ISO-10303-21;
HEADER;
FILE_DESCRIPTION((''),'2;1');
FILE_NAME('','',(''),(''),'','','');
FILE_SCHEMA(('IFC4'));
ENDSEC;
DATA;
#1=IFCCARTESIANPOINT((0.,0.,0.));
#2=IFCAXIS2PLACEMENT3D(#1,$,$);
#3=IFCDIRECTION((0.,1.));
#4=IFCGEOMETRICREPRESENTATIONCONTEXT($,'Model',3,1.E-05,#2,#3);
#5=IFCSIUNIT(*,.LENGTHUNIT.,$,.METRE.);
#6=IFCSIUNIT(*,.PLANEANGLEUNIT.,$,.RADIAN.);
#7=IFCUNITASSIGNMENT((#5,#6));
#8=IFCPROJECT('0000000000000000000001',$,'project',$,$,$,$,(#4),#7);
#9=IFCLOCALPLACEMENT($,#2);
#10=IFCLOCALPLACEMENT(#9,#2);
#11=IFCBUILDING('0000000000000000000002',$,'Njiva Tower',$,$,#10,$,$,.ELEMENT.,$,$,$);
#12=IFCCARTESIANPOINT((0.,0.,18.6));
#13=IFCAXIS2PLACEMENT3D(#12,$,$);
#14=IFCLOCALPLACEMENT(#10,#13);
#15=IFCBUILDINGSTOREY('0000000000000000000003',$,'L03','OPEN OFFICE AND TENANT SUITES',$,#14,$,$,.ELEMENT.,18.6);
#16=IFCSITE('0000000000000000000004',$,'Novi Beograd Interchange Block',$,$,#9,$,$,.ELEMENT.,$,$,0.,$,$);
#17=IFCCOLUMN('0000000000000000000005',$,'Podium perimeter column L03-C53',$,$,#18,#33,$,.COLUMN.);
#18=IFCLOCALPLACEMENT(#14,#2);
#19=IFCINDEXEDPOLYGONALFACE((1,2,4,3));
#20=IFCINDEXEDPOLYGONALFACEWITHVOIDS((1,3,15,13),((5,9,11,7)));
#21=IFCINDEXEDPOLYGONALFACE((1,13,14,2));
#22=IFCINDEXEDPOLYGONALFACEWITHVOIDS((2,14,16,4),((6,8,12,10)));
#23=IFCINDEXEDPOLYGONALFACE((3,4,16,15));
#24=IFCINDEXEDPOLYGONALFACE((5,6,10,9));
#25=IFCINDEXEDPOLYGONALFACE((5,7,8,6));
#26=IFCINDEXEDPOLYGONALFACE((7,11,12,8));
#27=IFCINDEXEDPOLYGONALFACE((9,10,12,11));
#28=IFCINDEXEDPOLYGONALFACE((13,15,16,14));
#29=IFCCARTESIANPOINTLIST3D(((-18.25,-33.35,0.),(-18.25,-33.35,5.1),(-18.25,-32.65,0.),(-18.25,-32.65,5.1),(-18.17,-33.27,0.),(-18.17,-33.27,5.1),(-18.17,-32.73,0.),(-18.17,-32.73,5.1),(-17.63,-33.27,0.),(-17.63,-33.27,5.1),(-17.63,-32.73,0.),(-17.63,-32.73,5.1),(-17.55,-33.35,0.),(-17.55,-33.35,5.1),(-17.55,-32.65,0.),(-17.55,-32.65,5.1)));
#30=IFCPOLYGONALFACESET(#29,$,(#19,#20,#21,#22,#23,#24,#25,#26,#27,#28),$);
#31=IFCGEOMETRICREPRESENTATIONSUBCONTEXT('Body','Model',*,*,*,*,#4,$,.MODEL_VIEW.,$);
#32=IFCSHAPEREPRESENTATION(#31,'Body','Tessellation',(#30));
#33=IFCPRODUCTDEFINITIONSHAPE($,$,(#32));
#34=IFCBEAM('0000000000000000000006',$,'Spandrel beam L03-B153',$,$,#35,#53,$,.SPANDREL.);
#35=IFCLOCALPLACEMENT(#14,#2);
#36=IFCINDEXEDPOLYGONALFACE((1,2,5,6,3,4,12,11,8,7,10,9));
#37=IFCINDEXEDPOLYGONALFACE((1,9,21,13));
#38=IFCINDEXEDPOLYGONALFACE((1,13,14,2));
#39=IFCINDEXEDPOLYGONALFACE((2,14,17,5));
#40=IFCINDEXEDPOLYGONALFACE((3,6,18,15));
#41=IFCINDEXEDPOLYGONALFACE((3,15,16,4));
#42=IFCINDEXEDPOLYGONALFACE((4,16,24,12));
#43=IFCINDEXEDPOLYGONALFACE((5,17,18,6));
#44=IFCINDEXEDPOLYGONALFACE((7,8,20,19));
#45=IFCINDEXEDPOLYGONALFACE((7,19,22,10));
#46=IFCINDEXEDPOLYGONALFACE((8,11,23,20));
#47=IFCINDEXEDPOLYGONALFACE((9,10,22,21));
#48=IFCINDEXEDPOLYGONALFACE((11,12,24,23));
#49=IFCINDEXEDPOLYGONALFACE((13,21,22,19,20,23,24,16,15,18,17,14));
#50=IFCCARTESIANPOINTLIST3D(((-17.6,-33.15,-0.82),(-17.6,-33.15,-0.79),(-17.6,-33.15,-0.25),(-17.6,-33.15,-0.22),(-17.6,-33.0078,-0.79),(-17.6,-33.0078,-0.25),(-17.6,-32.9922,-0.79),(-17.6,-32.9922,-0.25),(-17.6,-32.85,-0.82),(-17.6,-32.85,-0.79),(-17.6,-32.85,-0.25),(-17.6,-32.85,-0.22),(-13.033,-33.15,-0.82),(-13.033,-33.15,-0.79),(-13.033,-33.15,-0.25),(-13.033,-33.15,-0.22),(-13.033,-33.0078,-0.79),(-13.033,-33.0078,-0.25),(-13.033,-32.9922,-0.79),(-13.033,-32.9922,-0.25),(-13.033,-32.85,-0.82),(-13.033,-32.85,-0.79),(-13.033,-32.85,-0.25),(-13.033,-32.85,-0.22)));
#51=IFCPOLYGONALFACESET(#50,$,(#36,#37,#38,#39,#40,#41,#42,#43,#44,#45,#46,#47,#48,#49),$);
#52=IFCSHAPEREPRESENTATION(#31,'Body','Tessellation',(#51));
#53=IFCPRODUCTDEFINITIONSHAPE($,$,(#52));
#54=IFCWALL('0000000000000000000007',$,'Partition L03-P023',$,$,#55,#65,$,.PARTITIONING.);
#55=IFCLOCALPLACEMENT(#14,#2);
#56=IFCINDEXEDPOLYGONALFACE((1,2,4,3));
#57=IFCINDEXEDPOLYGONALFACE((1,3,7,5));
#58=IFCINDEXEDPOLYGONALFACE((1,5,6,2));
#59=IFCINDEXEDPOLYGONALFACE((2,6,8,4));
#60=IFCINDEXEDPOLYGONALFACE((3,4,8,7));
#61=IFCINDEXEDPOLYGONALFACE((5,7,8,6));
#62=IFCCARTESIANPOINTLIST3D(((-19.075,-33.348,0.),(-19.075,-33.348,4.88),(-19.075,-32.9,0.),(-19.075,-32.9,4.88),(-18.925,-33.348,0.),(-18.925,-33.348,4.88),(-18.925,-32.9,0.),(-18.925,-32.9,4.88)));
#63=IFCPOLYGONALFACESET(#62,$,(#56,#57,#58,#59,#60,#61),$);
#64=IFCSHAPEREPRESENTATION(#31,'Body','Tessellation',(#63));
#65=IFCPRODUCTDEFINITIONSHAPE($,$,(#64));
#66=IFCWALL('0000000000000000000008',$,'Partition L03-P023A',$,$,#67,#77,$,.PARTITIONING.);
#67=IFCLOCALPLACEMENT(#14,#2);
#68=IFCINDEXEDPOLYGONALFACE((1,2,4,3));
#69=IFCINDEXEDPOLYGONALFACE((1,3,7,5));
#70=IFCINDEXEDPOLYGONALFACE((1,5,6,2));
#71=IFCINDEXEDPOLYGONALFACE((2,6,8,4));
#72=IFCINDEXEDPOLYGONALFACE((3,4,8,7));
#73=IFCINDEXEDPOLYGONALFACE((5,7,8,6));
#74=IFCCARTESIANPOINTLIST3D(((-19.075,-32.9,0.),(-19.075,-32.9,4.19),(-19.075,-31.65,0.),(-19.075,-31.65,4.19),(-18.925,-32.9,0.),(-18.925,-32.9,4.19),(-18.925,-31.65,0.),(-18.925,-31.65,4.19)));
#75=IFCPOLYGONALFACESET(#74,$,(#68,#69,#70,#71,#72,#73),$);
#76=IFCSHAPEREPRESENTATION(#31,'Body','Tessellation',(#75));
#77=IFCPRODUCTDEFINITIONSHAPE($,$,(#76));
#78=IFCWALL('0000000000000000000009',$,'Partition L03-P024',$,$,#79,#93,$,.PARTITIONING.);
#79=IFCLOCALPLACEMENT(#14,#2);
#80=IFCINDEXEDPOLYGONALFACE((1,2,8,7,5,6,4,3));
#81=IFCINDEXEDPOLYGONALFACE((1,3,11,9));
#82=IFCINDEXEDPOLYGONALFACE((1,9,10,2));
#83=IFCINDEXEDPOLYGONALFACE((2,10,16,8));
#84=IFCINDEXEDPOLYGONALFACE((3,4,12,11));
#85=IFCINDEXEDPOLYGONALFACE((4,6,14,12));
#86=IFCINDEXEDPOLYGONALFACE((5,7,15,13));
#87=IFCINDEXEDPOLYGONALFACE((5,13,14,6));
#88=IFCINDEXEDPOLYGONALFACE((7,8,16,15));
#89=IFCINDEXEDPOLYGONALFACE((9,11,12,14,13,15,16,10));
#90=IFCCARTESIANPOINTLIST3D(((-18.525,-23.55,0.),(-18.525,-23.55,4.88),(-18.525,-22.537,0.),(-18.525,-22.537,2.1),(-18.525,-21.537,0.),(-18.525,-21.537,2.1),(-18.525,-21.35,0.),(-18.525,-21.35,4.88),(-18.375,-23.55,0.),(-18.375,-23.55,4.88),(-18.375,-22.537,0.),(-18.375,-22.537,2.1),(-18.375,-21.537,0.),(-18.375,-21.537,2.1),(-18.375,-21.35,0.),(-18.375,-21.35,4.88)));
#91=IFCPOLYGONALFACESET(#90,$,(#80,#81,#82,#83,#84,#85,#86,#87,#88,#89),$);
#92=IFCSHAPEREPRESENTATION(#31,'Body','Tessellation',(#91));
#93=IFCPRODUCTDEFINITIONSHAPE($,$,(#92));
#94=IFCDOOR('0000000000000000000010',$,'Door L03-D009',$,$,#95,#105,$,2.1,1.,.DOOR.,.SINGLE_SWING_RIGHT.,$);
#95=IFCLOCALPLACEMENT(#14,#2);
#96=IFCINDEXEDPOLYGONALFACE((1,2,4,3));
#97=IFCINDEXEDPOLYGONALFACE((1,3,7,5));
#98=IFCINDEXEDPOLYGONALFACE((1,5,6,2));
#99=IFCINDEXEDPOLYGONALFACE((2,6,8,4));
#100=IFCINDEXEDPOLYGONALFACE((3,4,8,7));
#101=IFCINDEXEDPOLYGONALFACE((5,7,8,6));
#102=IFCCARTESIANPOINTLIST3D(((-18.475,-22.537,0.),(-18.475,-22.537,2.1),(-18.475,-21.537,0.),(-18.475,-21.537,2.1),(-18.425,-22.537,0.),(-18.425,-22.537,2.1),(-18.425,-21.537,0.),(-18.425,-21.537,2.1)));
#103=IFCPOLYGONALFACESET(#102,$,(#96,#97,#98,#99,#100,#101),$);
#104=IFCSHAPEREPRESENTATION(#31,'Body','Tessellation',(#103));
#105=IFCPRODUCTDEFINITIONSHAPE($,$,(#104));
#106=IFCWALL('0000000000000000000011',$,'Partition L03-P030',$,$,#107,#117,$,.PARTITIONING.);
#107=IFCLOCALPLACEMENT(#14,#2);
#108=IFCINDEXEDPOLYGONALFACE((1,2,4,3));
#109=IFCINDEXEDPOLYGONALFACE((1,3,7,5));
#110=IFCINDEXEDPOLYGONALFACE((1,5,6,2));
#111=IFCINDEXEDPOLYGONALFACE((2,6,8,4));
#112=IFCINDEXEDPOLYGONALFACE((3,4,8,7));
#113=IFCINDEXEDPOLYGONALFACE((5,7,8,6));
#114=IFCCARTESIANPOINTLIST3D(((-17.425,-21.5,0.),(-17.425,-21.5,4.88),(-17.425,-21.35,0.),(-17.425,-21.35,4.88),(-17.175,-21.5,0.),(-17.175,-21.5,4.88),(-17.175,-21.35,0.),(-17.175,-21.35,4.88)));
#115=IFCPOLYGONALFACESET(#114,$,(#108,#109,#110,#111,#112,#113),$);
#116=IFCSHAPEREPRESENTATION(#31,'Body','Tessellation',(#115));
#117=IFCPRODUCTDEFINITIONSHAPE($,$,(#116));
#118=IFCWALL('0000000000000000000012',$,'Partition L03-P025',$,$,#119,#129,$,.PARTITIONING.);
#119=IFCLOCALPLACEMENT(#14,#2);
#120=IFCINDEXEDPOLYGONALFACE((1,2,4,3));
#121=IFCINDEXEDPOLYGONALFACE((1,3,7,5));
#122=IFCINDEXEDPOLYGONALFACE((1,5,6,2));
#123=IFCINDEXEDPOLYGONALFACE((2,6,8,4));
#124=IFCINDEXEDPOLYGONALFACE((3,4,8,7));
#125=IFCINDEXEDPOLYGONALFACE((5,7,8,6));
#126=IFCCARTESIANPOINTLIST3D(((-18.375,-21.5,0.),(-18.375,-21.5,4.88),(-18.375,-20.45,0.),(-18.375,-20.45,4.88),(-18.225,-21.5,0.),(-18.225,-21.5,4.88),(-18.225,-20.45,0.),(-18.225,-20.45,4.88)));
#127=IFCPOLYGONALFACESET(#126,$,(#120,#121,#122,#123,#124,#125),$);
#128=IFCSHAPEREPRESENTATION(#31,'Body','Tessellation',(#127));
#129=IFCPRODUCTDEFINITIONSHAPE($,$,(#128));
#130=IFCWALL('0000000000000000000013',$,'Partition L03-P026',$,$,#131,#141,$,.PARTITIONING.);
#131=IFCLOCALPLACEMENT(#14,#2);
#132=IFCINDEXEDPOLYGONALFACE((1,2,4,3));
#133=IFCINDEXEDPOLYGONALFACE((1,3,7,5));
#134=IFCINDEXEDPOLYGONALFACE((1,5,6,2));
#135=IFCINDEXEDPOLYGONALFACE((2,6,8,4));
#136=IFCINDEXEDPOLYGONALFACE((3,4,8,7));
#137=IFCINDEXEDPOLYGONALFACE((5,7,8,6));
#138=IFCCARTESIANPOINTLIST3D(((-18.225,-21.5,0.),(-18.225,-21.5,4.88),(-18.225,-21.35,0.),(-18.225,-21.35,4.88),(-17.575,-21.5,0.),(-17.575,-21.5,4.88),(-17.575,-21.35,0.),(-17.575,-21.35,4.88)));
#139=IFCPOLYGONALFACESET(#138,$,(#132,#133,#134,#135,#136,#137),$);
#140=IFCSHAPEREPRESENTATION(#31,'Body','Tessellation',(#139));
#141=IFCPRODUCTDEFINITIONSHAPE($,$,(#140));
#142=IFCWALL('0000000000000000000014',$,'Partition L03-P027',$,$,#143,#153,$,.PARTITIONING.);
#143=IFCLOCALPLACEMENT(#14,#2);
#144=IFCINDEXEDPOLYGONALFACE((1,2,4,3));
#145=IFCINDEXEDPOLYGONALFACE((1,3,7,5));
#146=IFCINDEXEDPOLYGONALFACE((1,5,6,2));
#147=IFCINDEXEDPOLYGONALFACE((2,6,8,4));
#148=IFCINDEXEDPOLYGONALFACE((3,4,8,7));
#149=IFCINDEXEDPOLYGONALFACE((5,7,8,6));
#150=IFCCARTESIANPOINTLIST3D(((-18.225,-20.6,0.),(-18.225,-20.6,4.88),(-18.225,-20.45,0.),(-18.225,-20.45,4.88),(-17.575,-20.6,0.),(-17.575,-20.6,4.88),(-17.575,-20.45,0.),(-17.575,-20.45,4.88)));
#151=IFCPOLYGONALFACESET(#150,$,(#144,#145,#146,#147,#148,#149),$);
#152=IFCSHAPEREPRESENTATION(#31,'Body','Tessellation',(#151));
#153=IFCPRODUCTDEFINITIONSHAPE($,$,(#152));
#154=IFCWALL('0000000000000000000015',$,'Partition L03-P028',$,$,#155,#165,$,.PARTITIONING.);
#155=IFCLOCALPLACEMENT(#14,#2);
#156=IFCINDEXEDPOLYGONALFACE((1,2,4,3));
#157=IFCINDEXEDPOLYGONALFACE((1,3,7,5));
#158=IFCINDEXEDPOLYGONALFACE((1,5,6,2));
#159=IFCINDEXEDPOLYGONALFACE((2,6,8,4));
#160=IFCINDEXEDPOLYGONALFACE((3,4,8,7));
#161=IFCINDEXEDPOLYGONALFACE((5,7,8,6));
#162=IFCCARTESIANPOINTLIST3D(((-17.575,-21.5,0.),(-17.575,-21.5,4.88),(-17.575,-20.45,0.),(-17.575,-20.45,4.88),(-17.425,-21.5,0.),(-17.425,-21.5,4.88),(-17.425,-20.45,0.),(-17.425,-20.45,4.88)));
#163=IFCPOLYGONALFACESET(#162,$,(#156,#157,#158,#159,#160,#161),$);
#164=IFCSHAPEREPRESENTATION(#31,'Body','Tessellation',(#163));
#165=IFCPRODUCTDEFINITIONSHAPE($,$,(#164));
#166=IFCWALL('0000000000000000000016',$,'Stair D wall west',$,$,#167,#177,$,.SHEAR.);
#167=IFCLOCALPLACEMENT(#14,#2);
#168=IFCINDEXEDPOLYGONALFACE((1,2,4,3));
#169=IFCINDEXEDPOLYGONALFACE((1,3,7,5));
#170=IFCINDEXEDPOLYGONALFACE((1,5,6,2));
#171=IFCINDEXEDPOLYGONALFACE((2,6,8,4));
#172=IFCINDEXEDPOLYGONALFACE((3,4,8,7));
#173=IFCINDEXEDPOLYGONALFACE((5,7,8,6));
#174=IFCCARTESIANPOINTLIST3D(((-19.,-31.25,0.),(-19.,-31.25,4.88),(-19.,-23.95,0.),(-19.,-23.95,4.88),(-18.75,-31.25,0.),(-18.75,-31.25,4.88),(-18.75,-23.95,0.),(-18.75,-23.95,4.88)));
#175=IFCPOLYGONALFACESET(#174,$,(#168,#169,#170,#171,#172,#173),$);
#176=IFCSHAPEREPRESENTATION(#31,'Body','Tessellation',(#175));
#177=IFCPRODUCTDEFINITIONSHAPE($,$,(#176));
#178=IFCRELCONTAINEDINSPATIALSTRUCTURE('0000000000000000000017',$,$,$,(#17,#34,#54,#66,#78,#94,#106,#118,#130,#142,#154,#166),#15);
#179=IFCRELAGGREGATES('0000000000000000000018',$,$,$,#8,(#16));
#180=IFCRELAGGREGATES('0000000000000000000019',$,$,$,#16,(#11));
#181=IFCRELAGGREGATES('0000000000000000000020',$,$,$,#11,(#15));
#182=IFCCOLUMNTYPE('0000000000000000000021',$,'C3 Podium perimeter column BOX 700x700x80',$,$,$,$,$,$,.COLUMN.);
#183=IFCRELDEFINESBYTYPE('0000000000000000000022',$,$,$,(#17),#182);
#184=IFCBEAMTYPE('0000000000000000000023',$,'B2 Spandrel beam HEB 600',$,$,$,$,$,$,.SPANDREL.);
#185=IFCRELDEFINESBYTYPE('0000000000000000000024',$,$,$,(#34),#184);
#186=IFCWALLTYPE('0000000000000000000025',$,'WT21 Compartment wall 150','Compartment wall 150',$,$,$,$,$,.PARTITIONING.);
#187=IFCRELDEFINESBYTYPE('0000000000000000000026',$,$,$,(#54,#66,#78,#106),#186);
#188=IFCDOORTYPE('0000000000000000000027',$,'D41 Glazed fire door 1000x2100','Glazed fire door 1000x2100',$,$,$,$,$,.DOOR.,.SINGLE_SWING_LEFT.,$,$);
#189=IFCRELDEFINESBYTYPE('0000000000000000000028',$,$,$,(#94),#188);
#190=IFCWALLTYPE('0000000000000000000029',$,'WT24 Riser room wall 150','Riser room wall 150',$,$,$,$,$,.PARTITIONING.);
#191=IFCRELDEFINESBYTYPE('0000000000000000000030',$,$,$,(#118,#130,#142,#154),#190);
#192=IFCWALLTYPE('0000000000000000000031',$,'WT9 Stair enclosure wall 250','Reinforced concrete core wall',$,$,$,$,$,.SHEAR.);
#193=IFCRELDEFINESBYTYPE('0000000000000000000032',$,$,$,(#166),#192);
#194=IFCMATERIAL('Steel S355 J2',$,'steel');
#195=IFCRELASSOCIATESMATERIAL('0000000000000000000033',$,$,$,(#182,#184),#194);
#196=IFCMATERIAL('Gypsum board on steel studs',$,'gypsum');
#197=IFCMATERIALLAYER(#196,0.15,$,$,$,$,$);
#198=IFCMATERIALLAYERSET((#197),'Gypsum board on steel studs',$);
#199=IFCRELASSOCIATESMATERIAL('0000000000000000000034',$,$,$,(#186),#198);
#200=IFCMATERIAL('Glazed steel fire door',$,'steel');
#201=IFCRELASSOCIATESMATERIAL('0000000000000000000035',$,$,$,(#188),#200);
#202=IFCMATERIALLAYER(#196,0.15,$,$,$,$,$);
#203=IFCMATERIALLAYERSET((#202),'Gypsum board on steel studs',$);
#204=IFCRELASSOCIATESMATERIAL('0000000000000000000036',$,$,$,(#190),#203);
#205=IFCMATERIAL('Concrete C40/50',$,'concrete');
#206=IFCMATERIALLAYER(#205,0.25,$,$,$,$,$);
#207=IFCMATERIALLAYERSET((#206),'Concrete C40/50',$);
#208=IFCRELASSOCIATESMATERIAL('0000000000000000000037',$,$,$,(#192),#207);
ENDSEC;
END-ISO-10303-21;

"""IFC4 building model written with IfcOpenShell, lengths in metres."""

from ifc_helpers import new_model, si_unit, direction, frame, frame_2d, origin, origin_2d, place, context, subcontext, project, spatial, rectangle, hollow_rectangle, i_section, extrude, material, layer, layer_set, material_profile, profile_set, type_object, element, fill, save


model = new_model("IFC4")

# Units and contexts
model_context = context("Model", 3, precision=1e-05, world=origin(), true_north=direction((0.0, 1.0)))
body_context = subcontext(model_context, "Body", "Model", "MODEL_VIEW")
ifc_project = project(units=[si_unit("LENGTHUNIT", "METRE"), si_unit("PLANEANGLEUNIT", "RADIAN")], contexts=[model_context])

# Site, building, storey
site_placement = place(None, origin())
site = spatial("IfcSite", under=ifc_project, at=site_placement, Name="Novi Beograd Interchange Block", CompositionType="ELEMENT", RefElevation=0.0)
building_placement = place(site_placement, origin())
building = spatial("IfcBuilding", under=site, at=building_placement, Name="Njiva Tower", CompositionType="ELEMENT")
storey_placement = place(building_placement, frame((0.0, 0.0, 18.6)))
storey = spatial("IfcBuildingStorey", under=building, at=storey_placement, Name="L03", Description="OPEN OFFICE AND TENANT SUITES", CompositionType="ELEMENT", Elevation=18.6)

# Column
ifc_material_1 = material(Name="Steel S355 J2", Category="steel")
ifc_material_profile_1 = material_profile(ifc_material_1, hollow_rectangle(XDim=0.7, YDim=0.7, WallThickness=0.08, at=origin_2d()), Name="BOX 700x700x80")
ifc_profile_set_1 = profile_set([ifc_material_profile_1], Name="Steel S355 J2")
column_type = type_object("IfcColumnType", Name="C3 Podium perimeter column BOX 700x700x80", PredefinedType="COLUMN", material=ifc_profile_set_1)
column_placement = place(storey_placement, frame((-17.9, -33.0, 0.0), z_axis=(0.0, 0.0, 1.0), x_axis=(1.0, 0.0, 0.0)))
element("IfcColumn", 1, at=column_placement, inside=storey, type_object=column_type, Name="Podium perimeter column L03-C53", PredefinedType="COLUMN", context=body_context, shape_type="SweptSolid", body=[
    extrude(hollow_rectangle(XDim=0.7, YDim=0.7, WallThickness=0.08, at=origin_2d()), origin(), (0.0, 0.0, 1.0), 5.1),
])

# Beam
ifc_material_profile_2 = material_profile(ifc_material_1, i_section(OverallWidth=0.3, OverallDepth=0.6, WebThickness=0.0155, FlangeThickness=0.03, at=origin_2d()), Name="HEB 600")
ifc_profile_set_2 = profile_set([ifc_material_profile_2], Name="Steel S355 J2")
beam_type = type_object("IfcBeamType", Name="B2 Spandrel beam HEB 600", PredefinedType="SPANDREL", material=ifc_profile_set_2)
beam_placement = place(storey_placement, frame((-17.6, -33.0, -0.52), z_axis=(1.0, 0.0, 0.0), x_axis=(0.0, 1.0, 0.0)))
element("IfcBeam", 2, at=beam_placement, inside=storey, type_object=beam_type, Name="Spandrel beam L03-B153", PredefinedType="SPANDREL", context=body_context, shape_type="SweptSolid", body=[
    extrude(i_section(OverallWidth=0.3, OverallDepth=0.6, WebThickness=0.0155, FlangeThickness=0.03, at=origin_2d()), origin(), (0.0, 0.0, 1.0), 4.567),
])

# Walls
ifc_material_2 = material(Name="Gypsum board on steel studs", Category="gypsum")
ifc_layer_1 = layer(ifc_material_2, 0.15)
ifc_layer_set_1 = layer_set([ifc_layer_1], Name="Gypsum board on steel studs")
wall_type_1 = type_object("IfcWallType", Name="WT21 Compartment wall 150", Description="Compartment wall 150", PredefinedType="PARTITIONING", material=ifc_layer_set_1)
wall_1_placement = place(storey_placement, frame((-19.0, -33.348, 0.0), z_axis=(0.0, 0.0, 1.0), x_axis=(0.0, 1.0, 0.0)))
element("IfcWall", 3, at=wall_1_placement, inside=storey, type_object=wall_type_1, Name="Partition L03-P023", PredefinedType="PARTITIONING", context=body_context, shape_type="SweptSolid", body=[
    extrude(rectangle(XDim=0.448, YDim=0.15, at=frame_2d((0.224, 0.0))), origin(), (0.0, 0.0, 1.0), 4.88),
])
wall_2_placement = place(storey_placement, frame((-19.0, -32.9, 0.0), z_axis=(0.0, 0.0, 1.0), x_axis=(0.0, 1.0, 0.0)))
element("IfcWall", 4, at=wall_2_placement, inside=storey, type_object=wall_type_1, Name="Partition L03-P023A", PredefinedType="PARTITIONING", context=body_context, shape_type="SweptSolid", body=[
    extrude(rectangle(XDim=1.25, YDim=0.15, at=frame_2d((0.625, 0.0))), origin(), (0.0, 0.0, 1.0), 4.19),
])

# Wall, opening, door
wall_3_placement = place(storey_placement, frame((-18.45, -23.55, 0.0), z_axis=(0.0, 0.0, 1.0), x_axis=(0.0, 1.0, 0.0)))
wall_3 = element("IfcWall", 5, at=wall_3_placement, inside=storey, type_object=wall_type_1, Name="Partition L03-P024", PredefinedType="PARTITIONING", context=body_context, shape_type="SweptSolid", body=[
    extrude(rectangle(XDim=2.2, YDim=0.15, at=frame_2d((1.1, 0.0))), origin(), (0.0, 0.0, 1.0), 4.88),
])
opening_1_placement = place(wall_3_placement, frame((1.013, 0.0, 0.0)))
opening_1 = element("IfcOpeningElement", 6, at=opening_1_placement, cuts=wall_3, PredefinedType="OPENING", context=body_context, shape_type="SweptSolid", body=[
    extrude(rectangle(XDim=1.0, YDim=2.1, at=frame_2d((0.5, 1.05))), frame((0.0, 0.085, 0.0), z_axis=(0.0, -1.0, 0.0), x_axis=(1.0, 0.0, 0.0)), (0.0, 0.0, 1.0), 0.17),
])
ifc_material_3 = material(Name="Glazed steel fire door", Category="steel")
door_type_1 = type_object("IfcDoorType", Name="D41 Glazed fire door 1000x2100", Description="Glazed fire door 1000x2100", OperationType="SINGLE_SWING_LEFT", PredefinedType="DOOR", material=ifc_material_3)
door_1_placement = place(opening_1_placement, origin())
door_1 = element("IfcDoor", 7, at=door_1_placement, inside=storey, type_object=door_type_1, Name="Door L03-D009", OperationType="SINGLE_SWING_RIGHT", OverallHeight=2.1, OverallWidth=1.0, PredefinedType="DOOR", context=body_context, shape_type="SweptSolid", body=[
    extrude(rectangle(XDim=1.0, YDim=2.1, at=frame_2d((0.5, 1.05))), frame((0.0, 0.025, 0.0), z_axis=(0.0, -1.0, 0.0), x_axis=(1.0, 0.0, 0.0)), (0.0, 0.0, 1.0), 0.05),
])
fill(opening_1, door_1)

# Walls
wall_4_placement = place(storey_placement, frame((-17.425, -21.425, 0.0), z_axis=(0.0, 0.0, 1.0), x_axis=(1.0, 0.0, 0.0)))
element("IfcWall", 8, at=wall_4_placement, inside=storey, type_object=wall_type_1, Name="Partition L03-P030", PredefinedType="PARTITIONING", context=body_context, shape_type="SweptSolid", body=[
    extrude(rectangle(XDim=0.25, YDim=0.15, at=frame_2d((0.125, 0.0))), origin(), (0.0, 0.0, 1.0), 4.88),
])
ifc_layer_2 = layer(ifc_material_2, 0.15)
ifc_layer_set_2 = layer_set([ifc_layer_2], Name="Gypsum board on steel studs")
wall_type_2 = type_object("IfcWallType", Name="WT24 Riser room wall 150", Description="Riser room wall 150", PredefinedType="PARTITIONING", material=ifc_layer_set_2)
wall_5_placement = place(storey_placement, frame((-18.3, -21.5, 0.0), z_axis=(0.0, 0.0, 1.0), x_axis=(0.0, 1.0, 0.0)))
element("IfcWall", 9, at=wall_5_placement, inside=storey, type_object=wall_type_2, Name="Partition L03-P025", PredefinedType="PARTITIONING", context=body_context, shape_type="SweptSolid", body=[
    extrude(rectangle(XDim=1.05, YDim=0.15, at=frame_2d((0.525, 0.0))), origin(), (0.0, 0.0, 1.0), 4.88),
])
for number, where, z_axis, x_axis, name in (
    (10, (-18.225, -21.425, 0.0), (0.0, 0.0, 1.0), (1.0, 0.0, 0.0), "Partition L03-P026"),
    (11, (-18.225, -20.525, 0.0), (0.0, 0.0, 1.0), (1.0, 0.0, 0.0), "Partition L03-P027"),
):
    element("IfcWall", number, at=place(storey_placement, frame(where, z_axis=z_axis, x_axis=x_axis)), inside=storey, type_object=wall_type_2, Name=name, PredefinedType="PARTITIONING", context=body_context, shape_type="SweptSolid", body=[
        extrude(rectangle(XDim=0.65, YDim=0.15, at=frame_2d((0.325, 0.0))), origin(), (0.0, 0.0, 1.0), 4.88),
    ])
wall_6_placement = place(storey_placement, frame((-17.5, -21.5, 0.0), z_axis=(0.0, 0.0, 1.0), x_axis=(0.0, 1.0, 0.0)))
element("IfcWall", 12, at=wall_6_placement, inside=storey, type_object=wall_type_2, Name="Partition L03-P028", PredefinedType="PARTITIONING", context=body_context, shape_type="SweptSolid", body=[
    extrude(rectangle(XDim=1.05, YDim=0.15, at=frame_2d((0.525, 0.0))), origin(), (0.0, 0.0, 1.0), 4.88),
])
ifc_material_4 = material(Name="Concrete C40/50", Category="concrete")
ifc_layer_3 = layer(ifc_material_4, 0.25)
ifc_layer_set_3 = layer_set([ifc_layer_3], Name="Concrete C40/50")
wall_type_3 = type_object("IfcWallType", Name="WT9 Stair enclosure wall 250", Description="Reinforced concrete core wall", PredefinedType="SHEAR", material=ifc_layer_set_3)
wall_7_placement = place(storey_placement, frame((-18.875, -31.25, 0.0), z_axis=(0.0, 0.0, 1.0), x_axis=(0.0, 1.0, 0.0)))
element("IfcWall", 13, at=wall_7_placement, inside=storey, type_object=wall_type_3, Name="Stair D wall west", PredefinedType="SHEAR", context=body_context, shape_type="SweptSolid", body=[
    extrude(rectangle(XDim=7.3, YDim=0.25, at=frame_2d((3.65, 0.0))), origin(), (0.0, 0.0, 1.0), 4.88),
])

save(model, "model.ifc")
